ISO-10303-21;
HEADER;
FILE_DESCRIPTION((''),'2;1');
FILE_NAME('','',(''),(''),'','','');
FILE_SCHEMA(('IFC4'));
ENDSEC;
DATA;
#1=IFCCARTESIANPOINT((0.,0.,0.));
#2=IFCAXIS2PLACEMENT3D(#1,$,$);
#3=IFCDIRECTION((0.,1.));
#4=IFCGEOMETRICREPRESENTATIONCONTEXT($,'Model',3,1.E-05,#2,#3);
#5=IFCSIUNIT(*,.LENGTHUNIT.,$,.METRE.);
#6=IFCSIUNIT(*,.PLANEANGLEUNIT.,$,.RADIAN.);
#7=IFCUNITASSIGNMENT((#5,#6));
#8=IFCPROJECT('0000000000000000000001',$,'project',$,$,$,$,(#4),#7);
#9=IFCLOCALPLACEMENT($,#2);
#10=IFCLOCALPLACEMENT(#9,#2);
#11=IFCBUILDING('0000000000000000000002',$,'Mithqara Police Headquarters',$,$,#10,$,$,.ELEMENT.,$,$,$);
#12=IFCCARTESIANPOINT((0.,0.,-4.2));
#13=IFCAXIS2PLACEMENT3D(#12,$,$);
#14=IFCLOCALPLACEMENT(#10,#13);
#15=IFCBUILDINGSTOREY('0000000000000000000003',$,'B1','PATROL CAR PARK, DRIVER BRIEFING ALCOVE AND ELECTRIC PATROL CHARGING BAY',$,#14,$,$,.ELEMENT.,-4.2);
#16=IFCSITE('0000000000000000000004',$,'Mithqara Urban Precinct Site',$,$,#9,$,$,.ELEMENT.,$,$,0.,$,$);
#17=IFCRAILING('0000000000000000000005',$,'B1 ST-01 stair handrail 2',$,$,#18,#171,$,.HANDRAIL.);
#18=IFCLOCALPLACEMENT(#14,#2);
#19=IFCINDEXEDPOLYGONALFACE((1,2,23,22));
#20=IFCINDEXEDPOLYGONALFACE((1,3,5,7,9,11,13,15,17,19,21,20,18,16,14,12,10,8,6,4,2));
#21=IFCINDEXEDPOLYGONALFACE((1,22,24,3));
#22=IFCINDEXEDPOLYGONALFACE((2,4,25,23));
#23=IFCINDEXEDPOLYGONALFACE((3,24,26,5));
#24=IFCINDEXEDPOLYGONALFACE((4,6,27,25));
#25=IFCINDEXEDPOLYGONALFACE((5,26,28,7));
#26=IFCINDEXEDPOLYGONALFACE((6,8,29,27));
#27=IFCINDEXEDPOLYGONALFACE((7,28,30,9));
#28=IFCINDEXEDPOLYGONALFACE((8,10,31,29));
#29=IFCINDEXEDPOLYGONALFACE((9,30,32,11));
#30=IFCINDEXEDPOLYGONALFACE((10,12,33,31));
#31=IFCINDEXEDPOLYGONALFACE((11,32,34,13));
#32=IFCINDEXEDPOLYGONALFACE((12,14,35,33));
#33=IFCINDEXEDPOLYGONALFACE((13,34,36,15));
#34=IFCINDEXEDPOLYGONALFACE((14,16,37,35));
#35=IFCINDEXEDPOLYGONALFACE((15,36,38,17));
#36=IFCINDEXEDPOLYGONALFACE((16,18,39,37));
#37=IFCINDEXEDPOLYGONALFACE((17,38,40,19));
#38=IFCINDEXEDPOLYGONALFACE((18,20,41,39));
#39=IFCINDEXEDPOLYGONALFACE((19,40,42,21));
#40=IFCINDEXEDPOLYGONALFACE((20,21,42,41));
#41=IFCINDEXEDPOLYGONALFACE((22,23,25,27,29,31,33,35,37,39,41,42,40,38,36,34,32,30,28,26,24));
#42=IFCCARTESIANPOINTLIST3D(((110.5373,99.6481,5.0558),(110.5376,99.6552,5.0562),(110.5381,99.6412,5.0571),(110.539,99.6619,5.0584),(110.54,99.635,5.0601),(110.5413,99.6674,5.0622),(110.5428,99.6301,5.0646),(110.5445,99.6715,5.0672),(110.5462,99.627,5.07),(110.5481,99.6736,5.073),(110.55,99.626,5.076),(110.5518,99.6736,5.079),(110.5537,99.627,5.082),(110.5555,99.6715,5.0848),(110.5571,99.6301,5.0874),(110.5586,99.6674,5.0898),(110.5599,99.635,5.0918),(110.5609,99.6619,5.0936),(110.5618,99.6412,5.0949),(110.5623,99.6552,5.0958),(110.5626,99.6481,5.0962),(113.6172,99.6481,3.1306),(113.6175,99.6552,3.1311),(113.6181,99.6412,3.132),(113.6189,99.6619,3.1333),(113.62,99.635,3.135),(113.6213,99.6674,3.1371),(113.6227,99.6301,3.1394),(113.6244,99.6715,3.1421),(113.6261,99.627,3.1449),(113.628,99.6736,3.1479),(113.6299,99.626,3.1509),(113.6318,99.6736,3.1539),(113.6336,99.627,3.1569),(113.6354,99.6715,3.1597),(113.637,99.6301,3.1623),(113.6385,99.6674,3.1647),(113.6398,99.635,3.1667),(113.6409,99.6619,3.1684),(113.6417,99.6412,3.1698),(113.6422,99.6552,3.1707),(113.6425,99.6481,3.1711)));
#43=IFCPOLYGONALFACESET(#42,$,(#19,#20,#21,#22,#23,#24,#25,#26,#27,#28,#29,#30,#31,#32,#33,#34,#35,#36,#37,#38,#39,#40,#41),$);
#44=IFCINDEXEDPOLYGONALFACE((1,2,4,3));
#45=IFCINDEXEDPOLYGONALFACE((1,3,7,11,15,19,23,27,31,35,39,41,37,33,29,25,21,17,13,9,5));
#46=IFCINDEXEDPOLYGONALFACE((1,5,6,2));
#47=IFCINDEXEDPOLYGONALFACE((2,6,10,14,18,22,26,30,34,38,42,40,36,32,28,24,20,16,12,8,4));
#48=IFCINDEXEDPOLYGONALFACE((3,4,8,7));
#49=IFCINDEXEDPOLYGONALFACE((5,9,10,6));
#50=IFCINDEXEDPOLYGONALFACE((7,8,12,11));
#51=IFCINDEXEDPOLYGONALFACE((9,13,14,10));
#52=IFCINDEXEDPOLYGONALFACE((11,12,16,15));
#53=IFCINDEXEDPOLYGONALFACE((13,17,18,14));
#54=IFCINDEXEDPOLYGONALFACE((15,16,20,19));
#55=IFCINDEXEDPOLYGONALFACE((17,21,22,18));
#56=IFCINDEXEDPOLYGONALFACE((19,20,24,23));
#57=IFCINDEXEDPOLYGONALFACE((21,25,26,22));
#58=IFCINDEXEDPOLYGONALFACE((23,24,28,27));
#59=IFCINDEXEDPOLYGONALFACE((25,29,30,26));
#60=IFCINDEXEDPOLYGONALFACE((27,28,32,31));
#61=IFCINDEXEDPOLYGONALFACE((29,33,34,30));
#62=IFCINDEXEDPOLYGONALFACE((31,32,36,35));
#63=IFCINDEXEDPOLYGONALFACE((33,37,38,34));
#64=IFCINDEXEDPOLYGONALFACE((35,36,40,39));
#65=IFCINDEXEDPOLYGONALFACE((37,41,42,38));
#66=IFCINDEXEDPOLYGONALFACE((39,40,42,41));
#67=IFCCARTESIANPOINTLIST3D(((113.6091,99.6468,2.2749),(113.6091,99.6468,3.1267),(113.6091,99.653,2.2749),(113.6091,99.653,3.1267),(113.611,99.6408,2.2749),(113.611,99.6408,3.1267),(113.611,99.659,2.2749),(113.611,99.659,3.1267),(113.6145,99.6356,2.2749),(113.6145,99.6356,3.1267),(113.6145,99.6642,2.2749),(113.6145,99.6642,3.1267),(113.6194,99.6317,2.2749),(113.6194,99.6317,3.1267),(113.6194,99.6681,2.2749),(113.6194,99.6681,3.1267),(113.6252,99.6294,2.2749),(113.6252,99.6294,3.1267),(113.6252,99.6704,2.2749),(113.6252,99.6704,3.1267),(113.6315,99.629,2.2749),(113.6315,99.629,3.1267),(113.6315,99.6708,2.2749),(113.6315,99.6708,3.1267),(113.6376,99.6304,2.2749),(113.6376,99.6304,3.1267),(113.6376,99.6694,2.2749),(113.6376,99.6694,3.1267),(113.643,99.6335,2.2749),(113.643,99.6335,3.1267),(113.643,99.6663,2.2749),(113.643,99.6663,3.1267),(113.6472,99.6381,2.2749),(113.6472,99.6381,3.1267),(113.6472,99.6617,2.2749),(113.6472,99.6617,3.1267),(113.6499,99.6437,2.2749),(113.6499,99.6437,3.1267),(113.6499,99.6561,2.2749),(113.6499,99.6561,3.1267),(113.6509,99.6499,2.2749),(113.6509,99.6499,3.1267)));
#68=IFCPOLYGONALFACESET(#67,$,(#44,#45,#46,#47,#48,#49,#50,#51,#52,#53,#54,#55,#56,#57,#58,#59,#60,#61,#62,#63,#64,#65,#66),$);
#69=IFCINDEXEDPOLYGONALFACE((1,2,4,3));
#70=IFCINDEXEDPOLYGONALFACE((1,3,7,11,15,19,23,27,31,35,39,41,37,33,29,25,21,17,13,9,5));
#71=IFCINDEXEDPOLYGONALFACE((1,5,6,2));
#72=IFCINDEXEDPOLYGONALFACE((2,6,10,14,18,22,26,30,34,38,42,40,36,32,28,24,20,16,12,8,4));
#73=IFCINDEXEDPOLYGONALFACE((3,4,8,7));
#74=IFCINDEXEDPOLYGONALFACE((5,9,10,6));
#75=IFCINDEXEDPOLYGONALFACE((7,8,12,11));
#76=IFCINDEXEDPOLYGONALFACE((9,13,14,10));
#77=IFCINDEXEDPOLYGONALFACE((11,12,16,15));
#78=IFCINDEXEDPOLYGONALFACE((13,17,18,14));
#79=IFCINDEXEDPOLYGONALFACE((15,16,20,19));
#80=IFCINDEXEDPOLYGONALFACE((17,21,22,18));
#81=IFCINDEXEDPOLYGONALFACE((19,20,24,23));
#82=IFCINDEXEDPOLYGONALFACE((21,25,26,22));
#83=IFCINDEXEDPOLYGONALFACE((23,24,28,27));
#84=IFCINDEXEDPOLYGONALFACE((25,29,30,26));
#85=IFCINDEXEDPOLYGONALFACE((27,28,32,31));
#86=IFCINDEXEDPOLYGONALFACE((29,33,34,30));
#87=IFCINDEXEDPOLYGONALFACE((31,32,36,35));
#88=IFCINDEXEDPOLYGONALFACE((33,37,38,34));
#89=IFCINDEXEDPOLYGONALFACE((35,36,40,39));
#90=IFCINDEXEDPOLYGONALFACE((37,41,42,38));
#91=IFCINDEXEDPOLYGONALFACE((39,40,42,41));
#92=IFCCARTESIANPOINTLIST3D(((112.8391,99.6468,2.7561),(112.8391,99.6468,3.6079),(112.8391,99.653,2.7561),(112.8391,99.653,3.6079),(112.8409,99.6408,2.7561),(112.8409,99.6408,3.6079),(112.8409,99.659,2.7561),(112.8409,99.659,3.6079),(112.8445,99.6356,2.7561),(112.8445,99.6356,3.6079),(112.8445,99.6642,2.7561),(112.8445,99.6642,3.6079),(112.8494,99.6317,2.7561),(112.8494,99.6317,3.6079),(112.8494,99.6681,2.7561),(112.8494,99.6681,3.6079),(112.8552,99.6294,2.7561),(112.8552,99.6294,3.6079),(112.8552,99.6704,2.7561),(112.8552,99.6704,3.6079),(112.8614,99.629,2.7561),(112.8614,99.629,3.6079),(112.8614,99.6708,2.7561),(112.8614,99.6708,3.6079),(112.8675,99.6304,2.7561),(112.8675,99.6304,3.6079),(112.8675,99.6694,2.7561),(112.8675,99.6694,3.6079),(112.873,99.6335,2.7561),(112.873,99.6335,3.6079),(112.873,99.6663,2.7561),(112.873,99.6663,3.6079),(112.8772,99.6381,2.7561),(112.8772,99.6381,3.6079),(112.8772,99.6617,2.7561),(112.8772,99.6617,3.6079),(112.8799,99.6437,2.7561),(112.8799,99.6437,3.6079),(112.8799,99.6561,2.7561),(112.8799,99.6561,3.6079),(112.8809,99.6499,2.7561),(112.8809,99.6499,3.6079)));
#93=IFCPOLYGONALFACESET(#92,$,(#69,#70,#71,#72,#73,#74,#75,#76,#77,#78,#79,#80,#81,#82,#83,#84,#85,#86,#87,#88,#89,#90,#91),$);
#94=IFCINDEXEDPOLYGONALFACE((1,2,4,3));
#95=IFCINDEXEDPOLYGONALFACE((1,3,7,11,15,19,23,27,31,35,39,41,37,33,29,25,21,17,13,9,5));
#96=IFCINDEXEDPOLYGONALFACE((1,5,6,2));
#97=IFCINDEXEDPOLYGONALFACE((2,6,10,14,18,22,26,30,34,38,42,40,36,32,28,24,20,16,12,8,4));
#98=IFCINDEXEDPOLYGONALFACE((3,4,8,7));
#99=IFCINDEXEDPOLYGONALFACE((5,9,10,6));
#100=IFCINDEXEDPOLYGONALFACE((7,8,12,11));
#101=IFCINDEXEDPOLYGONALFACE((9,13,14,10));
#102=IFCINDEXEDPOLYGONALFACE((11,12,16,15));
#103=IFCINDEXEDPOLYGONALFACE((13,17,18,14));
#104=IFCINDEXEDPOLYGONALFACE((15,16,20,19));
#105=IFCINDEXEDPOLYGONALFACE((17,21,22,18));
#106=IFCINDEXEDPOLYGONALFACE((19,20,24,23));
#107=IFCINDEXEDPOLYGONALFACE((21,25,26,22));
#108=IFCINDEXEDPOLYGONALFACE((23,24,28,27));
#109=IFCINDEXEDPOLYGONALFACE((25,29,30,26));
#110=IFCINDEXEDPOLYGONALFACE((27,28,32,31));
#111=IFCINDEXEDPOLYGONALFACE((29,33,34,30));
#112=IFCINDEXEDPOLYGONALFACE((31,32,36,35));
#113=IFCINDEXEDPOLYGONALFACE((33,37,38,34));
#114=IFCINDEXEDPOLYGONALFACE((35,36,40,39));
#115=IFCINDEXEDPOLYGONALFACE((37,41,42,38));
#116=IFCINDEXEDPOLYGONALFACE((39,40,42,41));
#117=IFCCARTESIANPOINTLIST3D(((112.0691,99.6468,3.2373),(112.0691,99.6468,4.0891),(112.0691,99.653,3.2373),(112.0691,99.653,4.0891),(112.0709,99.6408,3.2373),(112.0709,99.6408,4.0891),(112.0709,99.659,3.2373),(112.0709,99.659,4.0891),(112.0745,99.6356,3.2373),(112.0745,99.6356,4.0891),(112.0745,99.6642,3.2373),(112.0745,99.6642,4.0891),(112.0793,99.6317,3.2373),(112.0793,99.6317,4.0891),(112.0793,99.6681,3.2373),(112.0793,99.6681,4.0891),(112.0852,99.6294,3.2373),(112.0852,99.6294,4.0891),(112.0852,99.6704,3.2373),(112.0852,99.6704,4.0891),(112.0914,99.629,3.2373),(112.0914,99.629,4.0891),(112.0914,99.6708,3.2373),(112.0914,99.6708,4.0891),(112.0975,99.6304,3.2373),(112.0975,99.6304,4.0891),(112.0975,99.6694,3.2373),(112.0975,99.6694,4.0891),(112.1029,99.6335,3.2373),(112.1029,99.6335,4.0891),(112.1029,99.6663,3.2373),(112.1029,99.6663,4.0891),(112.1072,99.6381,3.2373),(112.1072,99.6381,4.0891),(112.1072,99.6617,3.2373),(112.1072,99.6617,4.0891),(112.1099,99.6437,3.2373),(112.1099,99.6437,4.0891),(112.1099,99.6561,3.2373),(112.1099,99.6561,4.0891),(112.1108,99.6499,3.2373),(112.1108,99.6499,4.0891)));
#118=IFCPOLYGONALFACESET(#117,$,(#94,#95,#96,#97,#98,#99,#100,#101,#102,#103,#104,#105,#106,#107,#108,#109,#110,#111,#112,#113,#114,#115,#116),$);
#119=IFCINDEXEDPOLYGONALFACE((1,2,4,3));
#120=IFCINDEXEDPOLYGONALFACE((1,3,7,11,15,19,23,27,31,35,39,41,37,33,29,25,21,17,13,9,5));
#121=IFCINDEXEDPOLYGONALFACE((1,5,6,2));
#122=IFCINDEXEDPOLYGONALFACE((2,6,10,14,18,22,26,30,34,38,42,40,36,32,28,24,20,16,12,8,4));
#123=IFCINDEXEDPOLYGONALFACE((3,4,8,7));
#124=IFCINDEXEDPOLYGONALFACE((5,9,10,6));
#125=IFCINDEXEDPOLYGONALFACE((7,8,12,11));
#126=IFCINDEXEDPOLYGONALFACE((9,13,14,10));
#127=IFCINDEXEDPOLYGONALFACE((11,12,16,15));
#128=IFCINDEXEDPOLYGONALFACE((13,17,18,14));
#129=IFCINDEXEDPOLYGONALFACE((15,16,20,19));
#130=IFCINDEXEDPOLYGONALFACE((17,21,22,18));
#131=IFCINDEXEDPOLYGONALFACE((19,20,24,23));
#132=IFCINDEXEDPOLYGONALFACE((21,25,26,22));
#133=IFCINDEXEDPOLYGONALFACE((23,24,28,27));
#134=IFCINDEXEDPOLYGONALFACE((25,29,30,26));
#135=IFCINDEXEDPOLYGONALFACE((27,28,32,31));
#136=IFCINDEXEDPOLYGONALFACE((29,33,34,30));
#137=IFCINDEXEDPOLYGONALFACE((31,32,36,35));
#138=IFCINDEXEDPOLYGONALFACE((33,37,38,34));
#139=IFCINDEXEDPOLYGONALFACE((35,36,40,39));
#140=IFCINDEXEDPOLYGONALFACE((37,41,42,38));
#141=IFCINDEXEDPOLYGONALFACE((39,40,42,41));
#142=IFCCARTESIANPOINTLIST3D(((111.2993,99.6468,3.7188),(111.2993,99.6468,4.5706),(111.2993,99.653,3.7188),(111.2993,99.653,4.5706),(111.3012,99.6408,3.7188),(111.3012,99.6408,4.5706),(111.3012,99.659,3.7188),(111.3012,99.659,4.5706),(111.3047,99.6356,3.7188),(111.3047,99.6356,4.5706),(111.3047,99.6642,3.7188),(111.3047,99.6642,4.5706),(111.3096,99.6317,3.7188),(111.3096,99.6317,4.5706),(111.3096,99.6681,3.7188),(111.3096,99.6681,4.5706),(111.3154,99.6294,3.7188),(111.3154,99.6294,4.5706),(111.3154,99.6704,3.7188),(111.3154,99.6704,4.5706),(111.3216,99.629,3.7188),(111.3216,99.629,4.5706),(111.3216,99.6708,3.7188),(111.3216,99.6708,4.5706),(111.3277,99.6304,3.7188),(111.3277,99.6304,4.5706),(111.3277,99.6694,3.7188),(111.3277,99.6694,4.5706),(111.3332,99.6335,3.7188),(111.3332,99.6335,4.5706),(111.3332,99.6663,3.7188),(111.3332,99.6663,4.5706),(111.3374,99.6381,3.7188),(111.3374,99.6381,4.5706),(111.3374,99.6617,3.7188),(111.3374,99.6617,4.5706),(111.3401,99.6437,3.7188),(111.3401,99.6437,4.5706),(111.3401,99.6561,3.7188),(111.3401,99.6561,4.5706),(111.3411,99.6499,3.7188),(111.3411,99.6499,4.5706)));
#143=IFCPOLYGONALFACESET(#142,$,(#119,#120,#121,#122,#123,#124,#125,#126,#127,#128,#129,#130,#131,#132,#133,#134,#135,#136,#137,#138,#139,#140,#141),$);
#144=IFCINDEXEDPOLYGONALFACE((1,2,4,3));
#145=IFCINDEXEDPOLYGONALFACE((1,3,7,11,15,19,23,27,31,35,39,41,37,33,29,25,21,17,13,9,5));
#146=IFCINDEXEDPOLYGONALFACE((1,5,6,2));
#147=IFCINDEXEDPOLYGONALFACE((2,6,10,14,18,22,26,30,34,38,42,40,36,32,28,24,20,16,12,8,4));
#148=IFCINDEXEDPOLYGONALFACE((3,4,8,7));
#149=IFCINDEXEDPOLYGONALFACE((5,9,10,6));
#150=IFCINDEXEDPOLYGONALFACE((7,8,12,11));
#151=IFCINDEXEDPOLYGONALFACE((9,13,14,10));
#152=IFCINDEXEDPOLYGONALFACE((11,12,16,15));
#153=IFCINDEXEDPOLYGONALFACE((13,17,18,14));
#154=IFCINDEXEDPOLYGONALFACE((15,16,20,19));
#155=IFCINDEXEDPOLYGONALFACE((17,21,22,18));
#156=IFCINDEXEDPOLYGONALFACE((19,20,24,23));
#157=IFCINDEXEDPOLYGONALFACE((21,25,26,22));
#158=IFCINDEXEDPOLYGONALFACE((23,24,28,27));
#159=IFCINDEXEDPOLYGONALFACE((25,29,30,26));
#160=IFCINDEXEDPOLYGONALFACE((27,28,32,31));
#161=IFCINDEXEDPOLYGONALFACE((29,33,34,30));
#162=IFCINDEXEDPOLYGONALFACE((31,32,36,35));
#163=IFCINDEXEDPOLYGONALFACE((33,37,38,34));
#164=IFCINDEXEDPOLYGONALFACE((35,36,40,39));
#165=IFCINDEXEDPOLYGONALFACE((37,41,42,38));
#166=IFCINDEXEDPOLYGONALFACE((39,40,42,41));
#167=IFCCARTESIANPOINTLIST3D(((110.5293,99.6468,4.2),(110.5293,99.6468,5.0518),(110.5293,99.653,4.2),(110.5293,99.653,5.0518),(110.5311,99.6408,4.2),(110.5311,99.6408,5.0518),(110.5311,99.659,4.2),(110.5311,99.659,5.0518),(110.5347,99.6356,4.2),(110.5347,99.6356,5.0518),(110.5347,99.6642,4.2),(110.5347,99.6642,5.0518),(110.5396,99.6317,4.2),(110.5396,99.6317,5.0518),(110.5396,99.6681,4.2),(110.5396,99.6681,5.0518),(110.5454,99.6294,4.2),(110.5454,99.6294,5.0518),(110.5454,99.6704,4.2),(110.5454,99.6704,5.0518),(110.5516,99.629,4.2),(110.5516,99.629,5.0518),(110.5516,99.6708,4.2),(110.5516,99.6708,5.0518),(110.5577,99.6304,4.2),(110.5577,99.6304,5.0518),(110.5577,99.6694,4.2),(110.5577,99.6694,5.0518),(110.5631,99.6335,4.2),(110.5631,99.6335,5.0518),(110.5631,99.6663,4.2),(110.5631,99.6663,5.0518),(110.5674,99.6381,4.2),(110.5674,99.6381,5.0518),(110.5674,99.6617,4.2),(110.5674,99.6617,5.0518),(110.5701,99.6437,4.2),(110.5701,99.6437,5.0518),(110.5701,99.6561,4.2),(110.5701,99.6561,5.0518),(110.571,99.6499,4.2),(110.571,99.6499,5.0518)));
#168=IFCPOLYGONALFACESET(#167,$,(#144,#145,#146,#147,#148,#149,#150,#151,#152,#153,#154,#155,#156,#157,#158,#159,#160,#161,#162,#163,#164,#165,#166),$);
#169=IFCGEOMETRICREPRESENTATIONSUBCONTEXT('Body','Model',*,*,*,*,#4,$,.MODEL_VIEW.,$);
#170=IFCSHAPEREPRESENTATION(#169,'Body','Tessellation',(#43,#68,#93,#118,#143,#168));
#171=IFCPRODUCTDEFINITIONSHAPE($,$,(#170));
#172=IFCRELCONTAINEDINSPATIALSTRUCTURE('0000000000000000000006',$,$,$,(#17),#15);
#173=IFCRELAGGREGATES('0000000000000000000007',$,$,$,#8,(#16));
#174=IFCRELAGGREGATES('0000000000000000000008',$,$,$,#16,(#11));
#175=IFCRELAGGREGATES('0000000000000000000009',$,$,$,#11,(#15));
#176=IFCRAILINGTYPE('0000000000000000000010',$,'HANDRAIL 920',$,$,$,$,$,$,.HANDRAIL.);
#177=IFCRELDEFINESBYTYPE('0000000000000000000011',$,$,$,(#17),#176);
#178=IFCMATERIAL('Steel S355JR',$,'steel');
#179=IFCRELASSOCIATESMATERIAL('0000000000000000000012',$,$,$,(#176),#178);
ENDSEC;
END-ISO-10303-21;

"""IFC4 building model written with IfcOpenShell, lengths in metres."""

from ifc_helpers import new_model, si_unit, direction, frame, origin, origin_2d, place, context, subcontext, project, spatial, circle, extrude, material, type_object, element, save


model = new_model("IFC4")

# Units and contexts
model_context = context("Model", 3, precision=1e-05, world=origin(), true_north=direction((0.0, 1.0)))
body_context = subcontext(model_context, "Body", "Model", "MODEL_VIEW")
ifc_project = project(units=[si_unit("LENGTHUNIT", "METRE"), si_unit("PLANEANGLEUNIT", "RADIAN")], contexts=[model_context])

# Site, building, storey
site_placement = place(None, origin())
site = spatial("IfcSite", under=ifc_project, at=site_placement, Name="Mithqara Urban Precinct Site", CompositionType="ELEMENT", RefElevation=0.0)
building_placement = place(site_placement, origin())
building = spatial("IfcBuilding", under=site, at=building_placement, Name="Mithqara Police Headquarters", CompositionType="ELEMENT")
storey_placement = place(building_placement, frame((0.0, 0.0, -4.2)))
storey = spatial("IfcBuildingStorey", under=building, at=storey_placement, Name="B1", Description="PATROL CAR PARK, DRIVER BRIEFING ALCOVE AND ELECTRIC PATROL CHARGING BAY", CompositionType="ELEMENT", Elevation=-4.2)

# Shared definitions
ifc_material_1 = material(Name="Steel S355JR", Category="steel")

# Railing
railing_type_1 = type_object("IfcRailingType", Name="HANDRAIL 920", PredefinedType="HANDRAIL", material=ifc_material_1)
railing_1_placement = place(storey_placement, frame((113.6299, 99.6499, 2.2749)))
element("IfcRailing", 1, at=railing_1_placement, inside=storey, type_object=railing_type_1, Name="B1 ST-01 stair handrail 2", PredefinedType="HANDRAIL", context=body_context, shape_type="SweptSolid", body=[
    extrude(circle(Radius=0.0239, at=origin_2d()), frame((0.0, 0.0, 0.876), z_axis=(-0.847979, 0.0, 0.530029), x_axis=(0.0, -1.0, 0.0)), (0.0, 0.0, 1.0), 3.6321),
    extrude(circle(Radius=0.021, at=origin_2d()), origin(), (0.0, 0.0, 1.0), 0.8518),
    extrude(circle(Radius=0.021, at=origin_2d()), frame((-0.77, 0.0, 0.4812)), (0.0, 0.0, 1.0), 0.8518),
    extrude(circle(Radius=0.021, at=origin_2d()), frame((-1.54, 0.0, 0.9624)), (0.0, 0.0, 1.0), 0.8518),
    extrude(circle(Radius=0.021, at=origin_2d()), frame((-2.3098, 0.0, 1.4438)), (0.0, 0.0, 1.0), 0.8518),
    extrude(circle(Radius=0.021, at=origin_2d()), frame((-3.0798, 0.0, 1.925)), (0.0, 0.0, 1.0), 0.8518),
])

save(model, "model.ifc")
